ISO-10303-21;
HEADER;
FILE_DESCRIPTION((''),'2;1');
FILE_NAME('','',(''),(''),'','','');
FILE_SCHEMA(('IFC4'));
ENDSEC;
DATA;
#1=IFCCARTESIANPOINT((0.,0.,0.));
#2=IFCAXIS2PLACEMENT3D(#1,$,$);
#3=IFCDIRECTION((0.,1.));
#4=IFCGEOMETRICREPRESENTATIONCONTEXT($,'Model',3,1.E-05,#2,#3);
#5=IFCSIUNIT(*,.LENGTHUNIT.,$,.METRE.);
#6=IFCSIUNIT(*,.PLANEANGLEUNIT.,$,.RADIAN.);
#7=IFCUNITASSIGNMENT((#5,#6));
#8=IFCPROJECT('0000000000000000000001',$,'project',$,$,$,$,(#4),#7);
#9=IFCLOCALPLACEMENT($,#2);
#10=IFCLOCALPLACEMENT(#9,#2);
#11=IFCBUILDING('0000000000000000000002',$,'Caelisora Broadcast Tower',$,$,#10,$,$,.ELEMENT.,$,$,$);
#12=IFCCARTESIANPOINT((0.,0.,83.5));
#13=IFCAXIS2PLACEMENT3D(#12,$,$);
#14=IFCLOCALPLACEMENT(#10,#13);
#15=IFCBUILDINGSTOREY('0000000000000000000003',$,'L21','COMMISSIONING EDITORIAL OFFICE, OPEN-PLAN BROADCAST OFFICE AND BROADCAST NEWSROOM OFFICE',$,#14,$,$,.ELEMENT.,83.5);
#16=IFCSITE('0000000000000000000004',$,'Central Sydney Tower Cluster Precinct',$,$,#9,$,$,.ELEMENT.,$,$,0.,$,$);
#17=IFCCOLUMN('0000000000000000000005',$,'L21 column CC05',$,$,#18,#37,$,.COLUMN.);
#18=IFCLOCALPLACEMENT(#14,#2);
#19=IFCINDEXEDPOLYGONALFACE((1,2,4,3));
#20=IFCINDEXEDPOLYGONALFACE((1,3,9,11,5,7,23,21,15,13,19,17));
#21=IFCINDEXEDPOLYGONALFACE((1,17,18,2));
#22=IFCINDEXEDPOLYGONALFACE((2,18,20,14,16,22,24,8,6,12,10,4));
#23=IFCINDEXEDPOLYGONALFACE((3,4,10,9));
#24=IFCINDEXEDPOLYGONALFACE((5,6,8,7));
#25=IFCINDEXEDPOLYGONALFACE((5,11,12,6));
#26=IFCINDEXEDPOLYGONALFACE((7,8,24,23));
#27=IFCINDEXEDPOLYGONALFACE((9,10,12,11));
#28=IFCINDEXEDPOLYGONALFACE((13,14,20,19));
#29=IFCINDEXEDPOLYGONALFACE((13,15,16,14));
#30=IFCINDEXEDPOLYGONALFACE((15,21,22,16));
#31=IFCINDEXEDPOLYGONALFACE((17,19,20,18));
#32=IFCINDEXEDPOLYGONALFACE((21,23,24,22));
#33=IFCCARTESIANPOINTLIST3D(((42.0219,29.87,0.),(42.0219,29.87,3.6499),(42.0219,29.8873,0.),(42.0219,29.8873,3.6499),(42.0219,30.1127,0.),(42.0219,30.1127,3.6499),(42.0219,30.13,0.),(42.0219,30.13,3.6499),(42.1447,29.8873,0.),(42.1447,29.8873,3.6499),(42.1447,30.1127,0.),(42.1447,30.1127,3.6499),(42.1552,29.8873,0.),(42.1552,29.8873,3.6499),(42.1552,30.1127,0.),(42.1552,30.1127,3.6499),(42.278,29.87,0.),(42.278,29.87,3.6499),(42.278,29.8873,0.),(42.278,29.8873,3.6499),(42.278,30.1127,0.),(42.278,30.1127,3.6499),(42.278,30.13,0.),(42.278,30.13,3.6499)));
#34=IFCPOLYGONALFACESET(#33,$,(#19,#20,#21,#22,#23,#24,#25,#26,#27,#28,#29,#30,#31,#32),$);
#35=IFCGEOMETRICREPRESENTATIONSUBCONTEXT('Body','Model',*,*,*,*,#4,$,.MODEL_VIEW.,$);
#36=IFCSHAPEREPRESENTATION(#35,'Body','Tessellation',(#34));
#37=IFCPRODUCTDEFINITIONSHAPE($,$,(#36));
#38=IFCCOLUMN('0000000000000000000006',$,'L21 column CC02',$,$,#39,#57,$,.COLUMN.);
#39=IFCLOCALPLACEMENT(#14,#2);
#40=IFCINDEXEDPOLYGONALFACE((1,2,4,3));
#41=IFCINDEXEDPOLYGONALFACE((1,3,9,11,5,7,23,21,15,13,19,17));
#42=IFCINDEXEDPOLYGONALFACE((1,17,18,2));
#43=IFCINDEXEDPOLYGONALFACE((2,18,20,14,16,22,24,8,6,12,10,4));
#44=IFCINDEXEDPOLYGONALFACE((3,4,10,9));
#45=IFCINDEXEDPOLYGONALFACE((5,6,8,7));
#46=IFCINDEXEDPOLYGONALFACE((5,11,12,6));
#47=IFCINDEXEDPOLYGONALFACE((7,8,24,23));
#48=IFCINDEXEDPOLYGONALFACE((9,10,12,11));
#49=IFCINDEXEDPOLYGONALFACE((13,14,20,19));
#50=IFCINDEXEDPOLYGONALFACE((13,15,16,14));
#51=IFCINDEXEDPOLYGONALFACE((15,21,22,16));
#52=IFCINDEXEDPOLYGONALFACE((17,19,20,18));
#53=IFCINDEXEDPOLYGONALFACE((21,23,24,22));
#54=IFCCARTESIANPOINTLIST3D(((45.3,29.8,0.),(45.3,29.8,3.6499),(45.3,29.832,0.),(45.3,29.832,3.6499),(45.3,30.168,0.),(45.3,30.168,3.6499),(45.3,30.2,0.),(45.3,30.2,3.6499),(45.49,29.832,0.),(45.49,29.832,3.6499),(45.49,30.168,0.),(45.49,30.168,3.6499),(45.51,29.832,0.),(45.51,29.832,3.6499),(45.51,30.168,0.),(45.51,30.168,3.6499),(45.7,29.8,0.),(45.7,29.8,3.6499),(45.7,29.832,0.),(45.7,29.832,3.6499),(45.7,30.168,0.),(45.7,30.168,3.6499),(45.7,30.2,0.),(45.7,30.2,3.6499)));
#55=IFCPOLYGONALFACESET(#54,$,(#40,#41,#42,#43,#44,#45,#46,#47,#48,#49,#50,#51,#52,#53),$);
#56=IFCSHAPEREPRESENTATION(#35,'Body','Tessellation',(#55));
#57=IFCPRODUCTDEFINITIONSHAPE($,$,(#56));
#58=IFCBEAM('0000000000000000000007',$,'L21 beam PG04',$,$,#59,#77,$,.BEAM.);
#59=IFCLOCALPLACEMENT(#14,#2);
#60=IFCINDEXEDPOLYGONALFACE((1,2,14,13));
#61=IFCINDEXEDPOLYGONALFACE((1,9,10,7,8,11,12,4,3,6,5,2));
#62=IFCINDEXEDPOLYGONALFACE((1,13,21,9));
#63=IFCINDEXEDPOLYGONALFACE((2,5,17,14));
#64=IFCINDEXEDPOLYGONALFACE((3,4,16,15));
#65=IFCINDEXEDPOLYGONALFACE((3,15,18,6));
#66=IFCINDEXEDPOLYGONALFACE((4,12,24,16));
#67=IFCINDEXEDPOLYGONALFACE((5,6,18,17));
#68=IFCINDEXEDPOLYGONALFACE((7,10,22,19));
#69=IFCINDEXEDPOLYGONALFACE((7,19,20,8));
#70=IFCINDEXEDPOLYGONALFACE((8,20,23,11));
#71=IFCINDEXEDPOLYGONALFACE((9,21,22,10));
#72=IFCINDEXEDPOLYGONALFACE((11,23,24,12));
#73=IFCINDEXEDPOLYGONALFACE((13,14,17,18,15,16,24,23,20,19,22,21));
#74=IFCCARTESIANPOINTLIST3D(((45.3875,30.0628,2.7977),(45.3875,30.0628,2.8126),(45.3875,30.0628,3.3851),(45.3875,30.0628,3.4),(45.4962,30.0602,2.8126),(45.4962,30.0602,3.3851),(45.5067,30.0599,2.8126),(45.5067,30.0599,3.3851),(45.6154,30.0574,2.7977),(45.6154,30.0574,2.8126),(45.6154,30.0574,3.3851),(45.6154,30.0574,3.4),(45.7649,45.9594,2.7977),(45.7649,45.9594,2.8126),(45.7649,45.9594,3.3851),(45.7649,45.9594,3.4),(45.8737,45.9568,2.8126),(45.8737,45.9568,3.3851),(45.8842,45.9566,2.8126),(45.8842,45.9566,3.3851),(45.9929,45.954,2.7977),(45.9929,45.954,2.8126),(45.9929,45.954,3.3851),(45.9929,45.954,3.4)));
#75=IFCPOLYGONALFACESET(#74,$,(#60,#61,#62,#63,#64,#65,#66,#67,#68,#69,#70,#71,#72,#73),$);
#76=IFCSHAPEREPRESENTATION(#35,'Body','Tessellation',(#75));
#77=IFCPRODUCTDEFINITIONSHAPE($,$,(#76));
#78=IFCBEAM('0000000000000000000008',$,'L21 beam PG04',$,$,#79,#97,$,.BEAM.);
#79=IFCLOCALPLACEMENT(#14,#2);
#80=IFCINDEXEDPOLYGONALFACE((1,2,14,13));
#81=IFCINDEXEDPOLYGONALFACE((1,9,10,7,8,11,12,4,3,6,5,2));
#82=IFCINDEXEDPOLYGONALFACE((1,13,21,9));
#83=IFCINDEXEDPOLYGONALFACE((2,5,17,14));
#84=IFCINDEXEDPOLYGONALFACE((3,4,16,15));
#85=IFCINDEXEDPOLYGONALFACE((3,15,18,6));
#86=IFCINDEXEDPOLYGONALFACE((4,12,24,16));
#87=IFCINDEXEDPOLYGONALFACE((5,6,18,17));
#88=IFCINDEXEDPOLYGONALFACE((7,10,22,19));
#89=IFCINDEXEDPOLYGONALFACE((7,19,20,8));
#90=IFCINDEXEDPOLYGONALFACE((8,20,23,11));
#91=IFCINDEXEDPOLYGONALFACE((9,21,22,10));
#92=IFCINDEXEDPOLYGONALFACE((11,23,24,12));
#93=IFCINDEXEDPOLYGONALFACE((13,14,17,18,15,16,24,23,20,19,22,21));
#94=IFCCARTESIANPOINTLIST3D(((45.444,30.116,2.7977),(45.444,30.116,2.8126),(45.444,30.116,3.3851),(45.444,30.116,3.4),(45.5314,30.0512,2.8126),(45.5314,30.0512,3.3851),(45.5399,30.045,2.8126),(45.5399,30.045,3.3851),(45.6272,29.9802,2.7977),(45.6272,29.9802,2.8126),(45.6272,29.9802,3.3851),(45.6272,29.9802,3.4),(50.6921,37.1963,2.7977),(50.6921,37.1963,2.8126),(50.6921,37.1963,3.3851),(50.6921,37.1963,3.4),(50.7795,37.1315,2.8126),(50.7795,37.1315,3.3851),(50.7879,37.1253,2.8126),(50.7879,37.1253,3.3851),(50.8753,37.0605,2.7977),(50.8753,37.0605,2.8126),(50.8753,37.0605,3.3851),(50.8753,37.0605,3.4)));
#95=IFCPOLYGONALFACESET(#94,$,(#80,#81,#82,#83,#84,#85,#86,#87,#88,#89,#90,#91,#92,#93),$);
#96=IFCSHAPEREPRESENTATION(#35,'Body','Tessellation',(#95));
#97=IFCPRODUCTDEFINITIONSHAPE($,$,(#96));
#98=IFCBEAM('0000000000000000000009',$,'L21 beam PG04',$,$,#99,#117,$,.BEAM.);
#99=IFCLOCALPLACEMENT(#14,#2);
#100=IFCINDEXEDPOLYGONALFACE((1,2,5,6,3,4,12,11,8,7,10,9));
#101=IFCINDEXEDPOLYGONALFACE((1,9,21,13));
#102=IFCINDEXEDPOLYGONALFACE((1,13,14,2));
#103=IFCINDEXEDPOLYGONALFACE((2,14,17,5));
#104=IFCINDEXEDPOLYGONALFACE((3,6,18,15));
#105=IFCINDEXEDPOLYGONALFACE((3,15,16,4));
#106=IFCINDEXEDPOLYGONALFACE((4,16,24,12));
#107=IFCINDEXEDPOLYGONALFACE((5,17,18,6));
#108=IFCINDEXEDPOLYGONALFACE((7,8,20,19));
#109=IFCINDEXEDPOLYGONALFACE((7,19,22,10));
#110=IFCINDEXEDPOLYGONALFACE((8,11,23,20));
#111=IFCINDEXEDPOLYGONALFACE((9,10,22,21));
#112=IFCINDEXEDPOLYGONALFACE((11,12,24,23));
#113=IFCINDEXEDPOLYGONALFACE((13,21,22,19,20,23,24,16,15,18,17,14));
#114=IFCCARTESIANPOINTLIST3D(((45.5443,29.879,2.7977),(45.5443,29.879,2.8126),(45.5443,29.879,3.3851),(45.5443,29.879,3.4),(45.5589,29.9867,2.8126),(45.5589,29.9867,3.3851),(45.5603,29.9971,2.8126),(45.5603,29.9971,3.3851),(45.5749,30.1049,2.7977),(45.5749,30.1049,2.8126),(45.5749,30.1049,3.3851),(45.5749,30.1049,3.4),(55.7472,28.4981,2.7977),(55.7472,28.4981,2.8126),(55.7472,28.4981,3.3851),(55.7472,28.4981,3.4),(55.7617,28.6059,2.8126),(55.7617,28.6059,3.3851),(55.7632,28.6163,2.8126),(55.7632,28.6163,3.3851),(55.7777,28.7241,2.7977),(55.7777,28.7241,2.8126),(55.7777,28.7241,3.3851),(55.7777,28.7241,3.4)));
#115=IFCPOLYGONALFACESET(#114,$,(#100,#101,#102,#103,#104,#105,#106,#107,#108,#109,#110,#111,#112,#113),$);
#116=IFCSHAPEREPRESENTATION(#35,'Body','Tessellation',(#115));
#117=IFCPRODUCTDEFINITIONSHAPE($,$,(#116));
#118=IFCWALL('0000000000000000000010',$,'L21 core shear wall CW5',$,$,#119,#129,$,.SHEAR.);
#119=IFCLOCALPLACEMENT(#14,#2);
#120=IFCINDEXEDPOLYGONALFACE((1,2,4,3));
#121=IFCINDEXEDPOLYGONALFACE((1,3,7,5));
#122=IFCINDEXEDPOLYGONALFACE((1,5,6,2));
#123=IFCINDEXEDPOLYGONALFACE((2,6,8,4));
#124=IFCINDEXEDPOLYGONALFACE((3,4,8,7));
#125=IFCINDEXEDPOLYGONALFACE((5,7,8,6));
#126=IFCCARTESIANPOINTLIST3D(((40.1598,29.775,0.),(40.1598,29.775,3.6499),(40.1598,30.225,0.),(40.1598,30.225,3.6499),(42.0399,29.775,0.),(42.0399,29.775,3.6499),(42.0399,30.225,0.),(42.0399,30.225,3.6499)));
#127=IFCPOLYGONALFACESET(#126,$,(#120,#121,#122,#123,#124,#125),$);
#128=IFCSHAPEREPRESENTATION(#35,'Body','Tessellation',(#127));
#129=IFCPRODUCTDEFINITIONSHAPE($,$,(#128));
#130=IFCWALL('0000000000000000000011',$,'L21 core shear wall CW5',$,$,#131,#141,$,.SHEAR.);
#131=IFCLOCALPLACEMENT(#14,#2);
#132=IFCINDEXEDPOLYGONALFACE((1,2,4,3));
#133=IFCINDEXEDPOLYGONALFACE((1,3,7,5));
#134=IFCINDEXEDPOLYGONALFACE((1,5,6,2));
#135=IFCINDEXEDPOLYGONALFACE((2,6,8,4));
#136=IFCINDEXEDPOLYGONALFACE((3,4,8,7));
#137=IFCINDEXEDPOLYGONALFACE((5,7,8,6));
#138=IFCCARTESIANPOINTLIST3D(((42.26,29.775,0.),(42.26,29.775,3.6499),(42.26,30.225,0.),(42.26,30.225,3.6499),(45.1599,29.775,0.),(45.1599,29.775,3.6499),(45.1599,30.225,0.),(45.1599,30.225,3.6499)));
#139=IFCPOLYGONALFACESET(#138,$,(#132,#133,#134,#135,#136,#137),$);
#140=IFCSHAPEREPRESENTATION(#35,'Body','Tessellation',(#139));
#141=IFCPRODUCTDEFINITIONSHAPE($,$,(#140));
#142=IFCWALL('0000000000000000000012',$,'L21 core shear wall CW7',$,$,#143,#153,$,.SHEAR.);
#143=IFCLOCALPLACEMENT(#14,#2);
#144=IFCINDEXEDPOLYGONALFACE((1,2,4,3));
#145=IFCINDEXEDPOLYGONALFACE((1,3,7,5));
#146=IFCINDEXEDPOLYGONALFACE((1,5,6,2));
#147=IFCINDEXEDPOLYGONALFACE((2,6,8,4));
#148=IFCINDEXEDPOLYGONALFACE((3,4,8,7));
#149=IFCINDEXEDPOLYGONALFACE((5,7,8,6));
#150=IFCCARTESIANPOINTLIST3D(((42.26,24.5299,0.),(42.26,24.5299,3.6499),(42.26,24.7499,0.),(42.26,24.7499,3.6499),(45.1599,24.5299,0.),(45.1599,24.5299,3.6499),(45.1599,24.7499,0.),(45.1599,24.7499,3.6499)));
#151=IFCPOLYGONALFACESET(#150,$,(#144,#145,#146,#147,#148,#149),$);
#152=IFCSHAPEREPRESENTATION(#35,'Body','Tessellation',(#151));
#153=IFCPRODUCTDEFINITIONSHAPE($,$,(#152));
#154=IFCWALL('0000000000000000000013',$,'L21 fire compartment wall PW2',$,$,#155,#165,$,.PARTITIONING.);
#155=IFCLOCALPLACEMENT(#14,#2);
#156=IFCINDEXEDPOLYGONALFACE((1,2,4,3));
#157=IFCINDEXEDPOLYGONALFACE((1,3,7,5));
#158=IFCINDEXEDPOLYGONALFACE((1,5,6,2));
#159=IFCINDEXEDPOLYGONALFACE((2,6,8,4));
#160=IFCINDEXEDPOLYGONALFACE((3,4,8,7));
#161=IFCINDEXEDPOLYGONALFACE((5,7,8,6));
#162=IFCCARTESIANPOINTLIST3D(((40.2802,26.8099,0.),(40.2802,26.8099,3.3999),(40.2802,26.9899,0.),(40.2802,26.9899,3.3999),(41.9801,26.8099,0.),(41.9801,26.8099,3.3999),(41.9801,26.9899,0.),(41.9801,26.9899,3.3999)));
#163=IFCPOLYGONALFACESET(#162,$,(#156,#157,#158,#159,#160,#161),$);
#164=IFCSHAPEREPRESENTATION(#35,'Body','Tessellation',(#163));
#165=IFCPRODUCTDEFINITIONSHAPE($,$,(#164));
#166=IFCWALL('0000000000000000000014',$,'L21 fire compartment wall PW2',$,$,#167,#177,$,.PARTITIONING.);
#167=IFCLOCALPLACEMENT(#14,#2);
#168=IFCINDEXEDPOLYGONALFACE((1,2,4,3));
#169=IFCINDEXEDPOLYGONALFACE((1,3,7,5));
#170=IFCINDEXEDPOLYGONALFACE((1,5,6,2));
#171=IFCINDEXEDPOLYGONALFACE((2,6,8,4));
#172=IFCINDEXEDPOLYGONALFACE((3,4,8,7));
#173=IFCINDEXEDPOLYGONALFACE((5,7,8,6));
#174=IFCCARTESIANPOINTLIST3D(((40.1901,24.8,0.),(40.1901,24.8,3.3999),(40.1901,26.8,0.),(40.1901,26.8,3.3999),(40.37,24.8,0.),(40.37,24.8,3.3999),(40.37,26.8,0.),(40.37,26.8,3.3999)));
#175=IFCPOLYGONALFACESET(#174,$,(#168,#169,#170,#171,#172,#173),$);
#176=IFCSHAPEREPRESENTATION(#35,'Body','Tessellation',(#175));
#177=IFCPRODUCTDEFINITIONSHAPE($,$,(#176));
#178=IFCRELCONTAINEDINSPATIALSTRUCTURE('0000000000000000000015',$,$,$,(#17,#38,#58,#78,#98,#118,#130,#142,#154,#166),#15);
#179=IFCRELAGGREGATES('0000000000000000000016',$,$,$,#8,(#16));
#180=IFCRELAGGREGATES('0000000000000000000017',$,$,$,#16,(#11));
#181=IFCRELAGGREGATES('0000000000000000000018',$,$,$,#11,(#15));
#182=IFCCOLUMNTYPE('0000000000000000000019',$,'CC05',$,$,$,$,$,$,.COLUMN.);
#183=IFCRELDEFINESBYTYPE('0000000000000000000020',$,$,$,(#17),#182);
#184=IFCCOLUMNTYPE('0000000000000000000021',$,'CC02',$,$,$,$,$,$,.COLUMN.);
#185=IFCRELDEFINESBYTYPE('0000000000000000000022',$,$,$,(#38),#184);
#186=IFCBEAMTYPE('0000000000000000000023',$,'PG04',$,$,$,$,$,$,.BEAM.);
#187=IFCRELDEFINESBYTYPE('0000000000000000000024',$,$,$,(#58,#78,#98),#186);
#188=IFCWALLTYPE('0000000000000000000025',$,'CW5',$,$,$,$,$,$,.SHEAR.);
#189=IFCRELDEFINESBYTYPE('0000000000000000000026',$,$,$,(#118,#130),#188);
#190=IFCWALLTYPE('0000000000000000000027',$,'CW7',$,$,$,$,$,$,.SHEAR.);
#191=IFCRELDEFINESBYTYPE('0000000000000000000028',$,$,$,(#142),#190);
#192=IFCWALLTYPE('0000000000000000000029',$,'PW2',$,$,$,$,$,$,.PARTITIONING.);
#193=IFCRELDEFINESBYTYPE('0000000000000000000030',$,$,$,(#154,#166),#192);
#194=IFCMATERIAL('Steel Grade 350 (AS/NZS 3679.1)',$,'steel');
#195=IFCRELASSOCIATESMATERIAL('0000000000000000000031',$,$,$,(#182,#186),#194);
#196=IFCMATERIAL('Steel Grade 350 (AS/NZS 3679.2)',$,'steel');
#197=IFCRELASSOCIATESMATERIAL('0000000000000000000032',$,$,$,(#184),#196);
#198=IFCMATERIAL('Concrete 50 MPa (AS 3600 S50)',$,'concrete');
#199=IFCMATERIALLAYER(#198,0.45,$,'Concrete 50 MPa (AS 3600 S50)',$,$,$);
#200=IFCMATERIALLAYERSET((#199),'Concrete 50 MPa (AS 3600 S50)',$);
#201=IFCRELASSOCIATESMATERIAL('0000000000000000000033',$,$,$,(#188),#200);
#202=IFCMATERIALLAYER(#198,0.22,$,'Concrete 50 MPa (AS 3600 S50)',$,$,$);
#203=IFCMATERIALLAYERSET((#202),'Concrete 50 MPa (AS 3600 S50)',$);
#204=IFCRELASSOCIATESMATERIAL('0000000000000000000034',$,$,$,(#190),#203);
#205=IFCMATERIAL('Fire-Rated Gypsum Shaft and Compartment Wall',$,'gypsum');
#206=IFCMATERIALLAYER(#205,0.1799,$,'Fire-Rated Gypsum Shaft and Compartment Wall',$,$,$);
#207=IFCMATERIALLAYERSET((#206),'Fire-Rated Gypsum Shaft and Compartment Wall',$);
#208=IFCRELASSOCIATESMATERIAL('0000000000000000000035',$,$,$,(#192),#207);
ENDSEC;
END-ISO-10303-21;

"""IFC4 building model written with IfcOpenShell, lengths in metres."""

from ifc_helpers import new_model, si_unit, direction, frame, frame_2d, origin, origin_2d, place, context, subcontext, project, spatial, rectangle, i_section, extrude, source, transform, mapped, material, layer, layer_set, material_profile, profile_set, type_object, type_shapes, element, save


model = new_model("IFC4")

# Units and contexts
model_context = context("Model", 3, precision=1e-05, world=origin(), true_north=direction((0.0, 1.0)))
body_context = subcontext(model_context, "Body", "Model", "MODEL_VIEW")
ifc_project = project(units=[si_unit("LENGTHUNIT", "METRE"), si_unit("PLANEANGLEUNIT", "RADIAN")], contexts=[model_context])

# Site, building, storey
site_placement = place(None, origin())
site = spatial("IfcSite", under=ifc_project, at=site_placement, Name="Central Sydney Tower Cluster Precinct", CompositionType="ELEMENT", RefElevation=0.0)
building_placement = place(site_placement, origin())
building = spatial("IfcBuilding", under=site, at=building_placement, Name="Caelisora Broadcast Tower", CompositionType="ELEMENT")
storey_placement = place(building_placement, frame((0.0, 0.0, 83.5)))
storey = spatial("IfcBuildingStorey", under=building, at=storey_placement, Name="L21", Description="COMMISSIONING EDITORIAL OFFICE, OPEN-PLAN BROADCAST OFFICE AND BROADCAST NEWSROOM OFFICE", CompositionType="ELEMENT", Elevation=83.5)

# Columns
ifc_material_1 = material(Name="Steel Grade 350 (AS/NZS 3679.1)", Category="steel")
ifc_material_profile_1 = material_profile(ifc_material_1, i_section(OverallWidth=0.2561, OverallDepth=0.26, WebThickness=0.0105, FlangeThickness=0.0173, at=origin_2d()), Name="Steel Grade 350 (AS/NZS 3679.1)")
ifc_profile_set_1 = profile_set([ifc_material_profile_1], Name="Steel Grade 350 (AS/NZS 3679.1)")
column_type_1 = type_object("IfcColumnType", Name="CC05", PredefinedType="COLUMN", material=ifc_profile_set_1)
shared_shape_1 = source(origin(), body_context, "Body", "SweptSolid", [
    extrude(i_section(OverallWidth=0.2561, OverallDepth=0.26, WebThickness=0.0105, FlangeThickness=0.0173, at=origin_2d()), origin(), (0.0, 0.0, 1.0), 3.6499),
])
type_shapes(column_type_1, [shared_shape_1])
column_1_placement = place(storey_placement, frame((42.1499, 30.0, 0.0), z_axis=(0.0, 0.0, 1.0), x_axis=(1.0, 0.0, 0.0)))
element("IfcColumn", 1, at=column_1_placement, inside=storey, type_object=column_type_1, Name="L21 column CC05", PredefinedType="COLUMN", context=body_context, shape_type="MappedRepresentation", body=[
    mapped(shared_shape_1, transform((0.0, 0.0, 0.0), scale=1.0)),
])
ifc_material_2 = material(Name="Steel Grade 350 (AS/NZS 3679.2)", Category="steel")
ifc_material_profile_2 = material_profile(ifc_material_2, i_section(OverallWidth=0.3999, OverallDepth=0.3999, WebThickness=0.02, FlangeThickness=0.032, at=origin_2d()), Name="Steel Grade 350 (AS/NZS 3679.2)")
ifc_profile_set_2 = profile_set([ifc_material_profile_2], Name="Steel Grade 350 (AS/NZS 3679.2)")
column_type_2 = type_object("IfcColumnType", Name="CC02", PredefinedType="COLUMN", material=ifc_profile_set_2)
shared_shape_2 = source(origin(), body_context, "Body", "SweptSolid", [
    extrude(i_section(OverallWidth=0.3999, OverallDepth=0.3999, WebThickness=0.02, FlangeThickness=0.032, at=origin_2d()), origin(), (0.0, 0.0, 1.0), 3.6499),
])
type_shapes(column_type_2, [shared_shape_2])
column_2_placement = place(storey_placement, frame((45.5, 30.0, 0.0), z_axis=(0.0, 0.0, 1.0), x_axis=(1.0, 0.0, 0.0)))
element("IfcColumn", 2, at=column_2_placement, inside=storey, type_object=column_type_2, Name="L21 column CC02", PredefinedType="COLUMN", context=body_context, shape_type="MappedRepresentation", body=[
    mapped(shared_shape_2, transform((0.0, 0.0, 0.0), scale=1.0)),
])

# Beams
ifc_material_profile_3 = material_profile(ifc_material_1, i_section(OverallWidth=0.228, OverallDepth=0.6023, WebThickness=0.0105, FlangeThickness=0.0149, at=origin_2d()), Name="Steel Grade 350 (AS/NZS 3679.1)")
ifc_profile_set_3 = profile_set([ifc_material_profile_3], Name="Steel Grade 350 (AS/NZS 3679.1)")
beam_type = type_object("IfcBeamType", Name="PG04", PredefinedType="BEAM", material=ifc_profile_set_3)
shared_shape_3 = source(origin(), body_context, "Body", "SweptSolid", [
    extrude(i_section(OverallWidth=0.228, OverallDepth=0.6023, WebThickness=0.0105, FlangeThickness=0.0149, at=origin_2d()), origin(), (0.0, 0.0, 1.0), 15.9011),
])
beam_1_placement = place(storey_placement, frame((45.5015, 30.0601, 3.0989), z_axis=(0.023737, 0.999718, 0.0), x_axis=(-0.999718, 0.023737, 0.0)))
element("IfcBeam", 3, at=beam_1_placement, inside=storey, type_object=beam_type, Name="L21 beam PG04", PredefinedType="BEAM", context=body_context, shape_type="MappedRepresentation", body=[
    mapped(shared_shape_3, transform((0.0, 0.0, 0.0), scale=1.0)),
])
shared_shape_4 = source(origin(), body_context, "Body", "SweptSolid", [
    extrude(i_section(OverallWidth=0.228, OverallDepth=0.6023, WebThickness=0.0105, FlangeThickness=0.0149, at=origin_2d()), origin(), (0.0, 0.0, 1.0), 8.8132),
])
beam_2_placement = place(storey_placement, frame((45.5356, 30.0481, 3.0989), z_axis=(0.595474, 0.803375, 0.0), x_axis=(-0.803375, 0.595474, 0.0)))
element("IfcBeam", 4, at=beam_2_placement, inside=storey, type_object=beam_type, Name="L21 beam PG04", PredefinedType="BEAM", context=body_context, shape_type="MappedRepresentation", body=[
    mapped(shared_shape_4, transform((0.0, 0.0, 0.0), scale=1.0)),
])
shared_shape_5 = source(origin(), body_context, "Body", "SweptSolid", [
    extrude(i_section(OverallWidth=0.228, OverallDepth=0.6023, WebThickness=0.0105, FlangeThickness=0.0149, at=origin_2d()), origin(), (0.0, 0.0, 1.0), 10.2959),
])
type_shapes(beam_type, [shared_shape_3, shared_shape_4, shared_shape_5])
beam_3_placement = place(storey_placement, frame((45.5596, 29.9919, 3.0989), z_axis=(0.990965, -0.134117, 0.0), x_axis=(0.134117, 0.990965, 0.0)))
element("IfcBeam", 5, at=beam_3_placement, inside=storey, type_object=beam_type, Name="L21 beam PG04", PredefinedType="BEAM", context=body_context, shape_type="MappedRepresentation", body=[
    mapped(shared_shape_5, transform((0.0, 0.0, 0.0), scale=1.0)),
])

# Walls
ifc_material_3 = material(Name="Concrete 50 MPa (AS 3600 S50)", Category="concrete")
ifc_layer_1 = layer(ifc_material_3, 0.45, Name="Concrete 50 MPa (AS 3600 S50)")
ifc_layer_set_1 = layer_set([ifc_layer_1], Name="Concrete 50 MPa (AS 3600 S50)")
wall_type_1 = type_object("IfcWallType", Name="CW5", PredefinedType="SHEAR", material=ifc_layer_set_1)
wall_1_placement = place(storey_placement, frame((40.1599, 30.0, 0.0), z_axis=(0.0, 0.0, 1.0), x_axis=(1.0, 0.0, 0.0)))
element("IfcWall", 6, at=wall_1_placement, inside=storey, type_object=wall_type_1, Name="L21 core shear wall CW5", PredefinedType="SHEAR", context=body_context, shape_type="SweptSolid", body=[
    extrude(rectangle(XDim=1.8801, YDim=0.45, at=frame_2d((0.9399, 0.0))), origin(), (0.0, 0.0, 1.0), 3.6499),
])
wall_2_placement = place(storey_placement, frame((42.26, 30.0, 0.0), z_axis=(0.0, 0.0, 1.0), x_axis=(1.0, 0.0, 0.0)))
element("IfcWall", 7, at=wall_2_placement, inside=storey, type_object=wall_type_1, Name="L21 core shear wall CW5", PredefinedType="SHEAR", context=body_context, shape_type="SweptSolid", body=[
    extrude(rectangle(XDim=2.8999, YDim=0.45, at=frame_2d((1.45, 0.0))), origin(), (0.0, 0.0, 1.0), 3.6499),
])
ifc_layer_2 = layer(ifc_material_3, 0.22, Name="Concrete 50 MPa (AS 3600 S50)")
ifc_layer_set_2 = layer_set([ifc_layer_2], Name="Concrete 50 MPa (AS 3600 S50)")
wall_type_2 = type_object("IfcWallType", Name="CW7", PredefinedType="SHEAR", material=ifc_layer_set_2)
wall_3_placement = place(storey_placement, frame((42.26, 24.6399, 0.0), z_axis=(0.0, 0.0, 1.0), x_axis=(1.0, 0.0, 0.0)))
element("IfcWall", 8, at=wall_3_placement, inside=storey, type_object=wall_type_2, Name="L21 core shear wall CW7", PredefinedType="SHEAR", context=body_context, shape_type="SweptSolid", body=[
    extrude(rectangle(XDim=2.8999, YDim=0.22, at=frame_2d((1.45, 0.0))), origin(), (0.0, 0.0, 1.0), 3.6499),
])
ifc_material_4 = material(Name="Fire-Rated Gypsum Shaft and Compartment Wall", Category="gypsum")
ifc_layer_3 = layer(ifc_material_4, 0.1799, Name="Fire-Rated Gypsum Shaft and Compartment Wall")
ifc_layer_set_3 = layer_set([ifc_layer_3], Name="Fire-Rated Gypsum Shaft and Compartment Wall")
wall_type_3 = type_object("IfcWallType", Name="PW2", PredefinedType="PARTITIONING", material=ifc_layer_set_3)
wall_4_placement = place(storey_placement, frame((40.28, 26.8999, 0.0), z_axis=(0.0, 0.0, 1.0), x_axis=(1.0, 0.0, 0.0)))
element("IfcWall", 9, at=wall_4_placement, inside=storey, type_object=wall_type_3, Name="L21 fire compartment wall PW2", PredefinedType="PARTITIONING", context=body_context, shape_type="SweptSolid", body=[
    extrude(rectangle(XDim=1.7, YDim=0.1799, at=frame_2d((0.8501, 0.0))), origin(), (0.0, 0.0, 1.0), 3.3999),
])
wall_5_placement = place(storey_placement, frame((40.28, 24.8, 0.0), z_axis=(0.0, 0.0, 1.0), x_axis=(0.0, 1.0, 0.0)))
element("IfcWall", 10, at=wall_5_placement, inside=storey, type_object=wall_type_3, Name="L21 fire compartment wall PW2", PredefinedType="PARTITIONING", context=body_context, shape_type="SweptSolid", body=[
    extrude(rectangle(XDim=2.0, YDim=0.1799, at=frame_2d((1.0, 0.0))), origin(), (0.0, 0.0, 1.0), 3.3999),
])

save(model, "model.ifc")
